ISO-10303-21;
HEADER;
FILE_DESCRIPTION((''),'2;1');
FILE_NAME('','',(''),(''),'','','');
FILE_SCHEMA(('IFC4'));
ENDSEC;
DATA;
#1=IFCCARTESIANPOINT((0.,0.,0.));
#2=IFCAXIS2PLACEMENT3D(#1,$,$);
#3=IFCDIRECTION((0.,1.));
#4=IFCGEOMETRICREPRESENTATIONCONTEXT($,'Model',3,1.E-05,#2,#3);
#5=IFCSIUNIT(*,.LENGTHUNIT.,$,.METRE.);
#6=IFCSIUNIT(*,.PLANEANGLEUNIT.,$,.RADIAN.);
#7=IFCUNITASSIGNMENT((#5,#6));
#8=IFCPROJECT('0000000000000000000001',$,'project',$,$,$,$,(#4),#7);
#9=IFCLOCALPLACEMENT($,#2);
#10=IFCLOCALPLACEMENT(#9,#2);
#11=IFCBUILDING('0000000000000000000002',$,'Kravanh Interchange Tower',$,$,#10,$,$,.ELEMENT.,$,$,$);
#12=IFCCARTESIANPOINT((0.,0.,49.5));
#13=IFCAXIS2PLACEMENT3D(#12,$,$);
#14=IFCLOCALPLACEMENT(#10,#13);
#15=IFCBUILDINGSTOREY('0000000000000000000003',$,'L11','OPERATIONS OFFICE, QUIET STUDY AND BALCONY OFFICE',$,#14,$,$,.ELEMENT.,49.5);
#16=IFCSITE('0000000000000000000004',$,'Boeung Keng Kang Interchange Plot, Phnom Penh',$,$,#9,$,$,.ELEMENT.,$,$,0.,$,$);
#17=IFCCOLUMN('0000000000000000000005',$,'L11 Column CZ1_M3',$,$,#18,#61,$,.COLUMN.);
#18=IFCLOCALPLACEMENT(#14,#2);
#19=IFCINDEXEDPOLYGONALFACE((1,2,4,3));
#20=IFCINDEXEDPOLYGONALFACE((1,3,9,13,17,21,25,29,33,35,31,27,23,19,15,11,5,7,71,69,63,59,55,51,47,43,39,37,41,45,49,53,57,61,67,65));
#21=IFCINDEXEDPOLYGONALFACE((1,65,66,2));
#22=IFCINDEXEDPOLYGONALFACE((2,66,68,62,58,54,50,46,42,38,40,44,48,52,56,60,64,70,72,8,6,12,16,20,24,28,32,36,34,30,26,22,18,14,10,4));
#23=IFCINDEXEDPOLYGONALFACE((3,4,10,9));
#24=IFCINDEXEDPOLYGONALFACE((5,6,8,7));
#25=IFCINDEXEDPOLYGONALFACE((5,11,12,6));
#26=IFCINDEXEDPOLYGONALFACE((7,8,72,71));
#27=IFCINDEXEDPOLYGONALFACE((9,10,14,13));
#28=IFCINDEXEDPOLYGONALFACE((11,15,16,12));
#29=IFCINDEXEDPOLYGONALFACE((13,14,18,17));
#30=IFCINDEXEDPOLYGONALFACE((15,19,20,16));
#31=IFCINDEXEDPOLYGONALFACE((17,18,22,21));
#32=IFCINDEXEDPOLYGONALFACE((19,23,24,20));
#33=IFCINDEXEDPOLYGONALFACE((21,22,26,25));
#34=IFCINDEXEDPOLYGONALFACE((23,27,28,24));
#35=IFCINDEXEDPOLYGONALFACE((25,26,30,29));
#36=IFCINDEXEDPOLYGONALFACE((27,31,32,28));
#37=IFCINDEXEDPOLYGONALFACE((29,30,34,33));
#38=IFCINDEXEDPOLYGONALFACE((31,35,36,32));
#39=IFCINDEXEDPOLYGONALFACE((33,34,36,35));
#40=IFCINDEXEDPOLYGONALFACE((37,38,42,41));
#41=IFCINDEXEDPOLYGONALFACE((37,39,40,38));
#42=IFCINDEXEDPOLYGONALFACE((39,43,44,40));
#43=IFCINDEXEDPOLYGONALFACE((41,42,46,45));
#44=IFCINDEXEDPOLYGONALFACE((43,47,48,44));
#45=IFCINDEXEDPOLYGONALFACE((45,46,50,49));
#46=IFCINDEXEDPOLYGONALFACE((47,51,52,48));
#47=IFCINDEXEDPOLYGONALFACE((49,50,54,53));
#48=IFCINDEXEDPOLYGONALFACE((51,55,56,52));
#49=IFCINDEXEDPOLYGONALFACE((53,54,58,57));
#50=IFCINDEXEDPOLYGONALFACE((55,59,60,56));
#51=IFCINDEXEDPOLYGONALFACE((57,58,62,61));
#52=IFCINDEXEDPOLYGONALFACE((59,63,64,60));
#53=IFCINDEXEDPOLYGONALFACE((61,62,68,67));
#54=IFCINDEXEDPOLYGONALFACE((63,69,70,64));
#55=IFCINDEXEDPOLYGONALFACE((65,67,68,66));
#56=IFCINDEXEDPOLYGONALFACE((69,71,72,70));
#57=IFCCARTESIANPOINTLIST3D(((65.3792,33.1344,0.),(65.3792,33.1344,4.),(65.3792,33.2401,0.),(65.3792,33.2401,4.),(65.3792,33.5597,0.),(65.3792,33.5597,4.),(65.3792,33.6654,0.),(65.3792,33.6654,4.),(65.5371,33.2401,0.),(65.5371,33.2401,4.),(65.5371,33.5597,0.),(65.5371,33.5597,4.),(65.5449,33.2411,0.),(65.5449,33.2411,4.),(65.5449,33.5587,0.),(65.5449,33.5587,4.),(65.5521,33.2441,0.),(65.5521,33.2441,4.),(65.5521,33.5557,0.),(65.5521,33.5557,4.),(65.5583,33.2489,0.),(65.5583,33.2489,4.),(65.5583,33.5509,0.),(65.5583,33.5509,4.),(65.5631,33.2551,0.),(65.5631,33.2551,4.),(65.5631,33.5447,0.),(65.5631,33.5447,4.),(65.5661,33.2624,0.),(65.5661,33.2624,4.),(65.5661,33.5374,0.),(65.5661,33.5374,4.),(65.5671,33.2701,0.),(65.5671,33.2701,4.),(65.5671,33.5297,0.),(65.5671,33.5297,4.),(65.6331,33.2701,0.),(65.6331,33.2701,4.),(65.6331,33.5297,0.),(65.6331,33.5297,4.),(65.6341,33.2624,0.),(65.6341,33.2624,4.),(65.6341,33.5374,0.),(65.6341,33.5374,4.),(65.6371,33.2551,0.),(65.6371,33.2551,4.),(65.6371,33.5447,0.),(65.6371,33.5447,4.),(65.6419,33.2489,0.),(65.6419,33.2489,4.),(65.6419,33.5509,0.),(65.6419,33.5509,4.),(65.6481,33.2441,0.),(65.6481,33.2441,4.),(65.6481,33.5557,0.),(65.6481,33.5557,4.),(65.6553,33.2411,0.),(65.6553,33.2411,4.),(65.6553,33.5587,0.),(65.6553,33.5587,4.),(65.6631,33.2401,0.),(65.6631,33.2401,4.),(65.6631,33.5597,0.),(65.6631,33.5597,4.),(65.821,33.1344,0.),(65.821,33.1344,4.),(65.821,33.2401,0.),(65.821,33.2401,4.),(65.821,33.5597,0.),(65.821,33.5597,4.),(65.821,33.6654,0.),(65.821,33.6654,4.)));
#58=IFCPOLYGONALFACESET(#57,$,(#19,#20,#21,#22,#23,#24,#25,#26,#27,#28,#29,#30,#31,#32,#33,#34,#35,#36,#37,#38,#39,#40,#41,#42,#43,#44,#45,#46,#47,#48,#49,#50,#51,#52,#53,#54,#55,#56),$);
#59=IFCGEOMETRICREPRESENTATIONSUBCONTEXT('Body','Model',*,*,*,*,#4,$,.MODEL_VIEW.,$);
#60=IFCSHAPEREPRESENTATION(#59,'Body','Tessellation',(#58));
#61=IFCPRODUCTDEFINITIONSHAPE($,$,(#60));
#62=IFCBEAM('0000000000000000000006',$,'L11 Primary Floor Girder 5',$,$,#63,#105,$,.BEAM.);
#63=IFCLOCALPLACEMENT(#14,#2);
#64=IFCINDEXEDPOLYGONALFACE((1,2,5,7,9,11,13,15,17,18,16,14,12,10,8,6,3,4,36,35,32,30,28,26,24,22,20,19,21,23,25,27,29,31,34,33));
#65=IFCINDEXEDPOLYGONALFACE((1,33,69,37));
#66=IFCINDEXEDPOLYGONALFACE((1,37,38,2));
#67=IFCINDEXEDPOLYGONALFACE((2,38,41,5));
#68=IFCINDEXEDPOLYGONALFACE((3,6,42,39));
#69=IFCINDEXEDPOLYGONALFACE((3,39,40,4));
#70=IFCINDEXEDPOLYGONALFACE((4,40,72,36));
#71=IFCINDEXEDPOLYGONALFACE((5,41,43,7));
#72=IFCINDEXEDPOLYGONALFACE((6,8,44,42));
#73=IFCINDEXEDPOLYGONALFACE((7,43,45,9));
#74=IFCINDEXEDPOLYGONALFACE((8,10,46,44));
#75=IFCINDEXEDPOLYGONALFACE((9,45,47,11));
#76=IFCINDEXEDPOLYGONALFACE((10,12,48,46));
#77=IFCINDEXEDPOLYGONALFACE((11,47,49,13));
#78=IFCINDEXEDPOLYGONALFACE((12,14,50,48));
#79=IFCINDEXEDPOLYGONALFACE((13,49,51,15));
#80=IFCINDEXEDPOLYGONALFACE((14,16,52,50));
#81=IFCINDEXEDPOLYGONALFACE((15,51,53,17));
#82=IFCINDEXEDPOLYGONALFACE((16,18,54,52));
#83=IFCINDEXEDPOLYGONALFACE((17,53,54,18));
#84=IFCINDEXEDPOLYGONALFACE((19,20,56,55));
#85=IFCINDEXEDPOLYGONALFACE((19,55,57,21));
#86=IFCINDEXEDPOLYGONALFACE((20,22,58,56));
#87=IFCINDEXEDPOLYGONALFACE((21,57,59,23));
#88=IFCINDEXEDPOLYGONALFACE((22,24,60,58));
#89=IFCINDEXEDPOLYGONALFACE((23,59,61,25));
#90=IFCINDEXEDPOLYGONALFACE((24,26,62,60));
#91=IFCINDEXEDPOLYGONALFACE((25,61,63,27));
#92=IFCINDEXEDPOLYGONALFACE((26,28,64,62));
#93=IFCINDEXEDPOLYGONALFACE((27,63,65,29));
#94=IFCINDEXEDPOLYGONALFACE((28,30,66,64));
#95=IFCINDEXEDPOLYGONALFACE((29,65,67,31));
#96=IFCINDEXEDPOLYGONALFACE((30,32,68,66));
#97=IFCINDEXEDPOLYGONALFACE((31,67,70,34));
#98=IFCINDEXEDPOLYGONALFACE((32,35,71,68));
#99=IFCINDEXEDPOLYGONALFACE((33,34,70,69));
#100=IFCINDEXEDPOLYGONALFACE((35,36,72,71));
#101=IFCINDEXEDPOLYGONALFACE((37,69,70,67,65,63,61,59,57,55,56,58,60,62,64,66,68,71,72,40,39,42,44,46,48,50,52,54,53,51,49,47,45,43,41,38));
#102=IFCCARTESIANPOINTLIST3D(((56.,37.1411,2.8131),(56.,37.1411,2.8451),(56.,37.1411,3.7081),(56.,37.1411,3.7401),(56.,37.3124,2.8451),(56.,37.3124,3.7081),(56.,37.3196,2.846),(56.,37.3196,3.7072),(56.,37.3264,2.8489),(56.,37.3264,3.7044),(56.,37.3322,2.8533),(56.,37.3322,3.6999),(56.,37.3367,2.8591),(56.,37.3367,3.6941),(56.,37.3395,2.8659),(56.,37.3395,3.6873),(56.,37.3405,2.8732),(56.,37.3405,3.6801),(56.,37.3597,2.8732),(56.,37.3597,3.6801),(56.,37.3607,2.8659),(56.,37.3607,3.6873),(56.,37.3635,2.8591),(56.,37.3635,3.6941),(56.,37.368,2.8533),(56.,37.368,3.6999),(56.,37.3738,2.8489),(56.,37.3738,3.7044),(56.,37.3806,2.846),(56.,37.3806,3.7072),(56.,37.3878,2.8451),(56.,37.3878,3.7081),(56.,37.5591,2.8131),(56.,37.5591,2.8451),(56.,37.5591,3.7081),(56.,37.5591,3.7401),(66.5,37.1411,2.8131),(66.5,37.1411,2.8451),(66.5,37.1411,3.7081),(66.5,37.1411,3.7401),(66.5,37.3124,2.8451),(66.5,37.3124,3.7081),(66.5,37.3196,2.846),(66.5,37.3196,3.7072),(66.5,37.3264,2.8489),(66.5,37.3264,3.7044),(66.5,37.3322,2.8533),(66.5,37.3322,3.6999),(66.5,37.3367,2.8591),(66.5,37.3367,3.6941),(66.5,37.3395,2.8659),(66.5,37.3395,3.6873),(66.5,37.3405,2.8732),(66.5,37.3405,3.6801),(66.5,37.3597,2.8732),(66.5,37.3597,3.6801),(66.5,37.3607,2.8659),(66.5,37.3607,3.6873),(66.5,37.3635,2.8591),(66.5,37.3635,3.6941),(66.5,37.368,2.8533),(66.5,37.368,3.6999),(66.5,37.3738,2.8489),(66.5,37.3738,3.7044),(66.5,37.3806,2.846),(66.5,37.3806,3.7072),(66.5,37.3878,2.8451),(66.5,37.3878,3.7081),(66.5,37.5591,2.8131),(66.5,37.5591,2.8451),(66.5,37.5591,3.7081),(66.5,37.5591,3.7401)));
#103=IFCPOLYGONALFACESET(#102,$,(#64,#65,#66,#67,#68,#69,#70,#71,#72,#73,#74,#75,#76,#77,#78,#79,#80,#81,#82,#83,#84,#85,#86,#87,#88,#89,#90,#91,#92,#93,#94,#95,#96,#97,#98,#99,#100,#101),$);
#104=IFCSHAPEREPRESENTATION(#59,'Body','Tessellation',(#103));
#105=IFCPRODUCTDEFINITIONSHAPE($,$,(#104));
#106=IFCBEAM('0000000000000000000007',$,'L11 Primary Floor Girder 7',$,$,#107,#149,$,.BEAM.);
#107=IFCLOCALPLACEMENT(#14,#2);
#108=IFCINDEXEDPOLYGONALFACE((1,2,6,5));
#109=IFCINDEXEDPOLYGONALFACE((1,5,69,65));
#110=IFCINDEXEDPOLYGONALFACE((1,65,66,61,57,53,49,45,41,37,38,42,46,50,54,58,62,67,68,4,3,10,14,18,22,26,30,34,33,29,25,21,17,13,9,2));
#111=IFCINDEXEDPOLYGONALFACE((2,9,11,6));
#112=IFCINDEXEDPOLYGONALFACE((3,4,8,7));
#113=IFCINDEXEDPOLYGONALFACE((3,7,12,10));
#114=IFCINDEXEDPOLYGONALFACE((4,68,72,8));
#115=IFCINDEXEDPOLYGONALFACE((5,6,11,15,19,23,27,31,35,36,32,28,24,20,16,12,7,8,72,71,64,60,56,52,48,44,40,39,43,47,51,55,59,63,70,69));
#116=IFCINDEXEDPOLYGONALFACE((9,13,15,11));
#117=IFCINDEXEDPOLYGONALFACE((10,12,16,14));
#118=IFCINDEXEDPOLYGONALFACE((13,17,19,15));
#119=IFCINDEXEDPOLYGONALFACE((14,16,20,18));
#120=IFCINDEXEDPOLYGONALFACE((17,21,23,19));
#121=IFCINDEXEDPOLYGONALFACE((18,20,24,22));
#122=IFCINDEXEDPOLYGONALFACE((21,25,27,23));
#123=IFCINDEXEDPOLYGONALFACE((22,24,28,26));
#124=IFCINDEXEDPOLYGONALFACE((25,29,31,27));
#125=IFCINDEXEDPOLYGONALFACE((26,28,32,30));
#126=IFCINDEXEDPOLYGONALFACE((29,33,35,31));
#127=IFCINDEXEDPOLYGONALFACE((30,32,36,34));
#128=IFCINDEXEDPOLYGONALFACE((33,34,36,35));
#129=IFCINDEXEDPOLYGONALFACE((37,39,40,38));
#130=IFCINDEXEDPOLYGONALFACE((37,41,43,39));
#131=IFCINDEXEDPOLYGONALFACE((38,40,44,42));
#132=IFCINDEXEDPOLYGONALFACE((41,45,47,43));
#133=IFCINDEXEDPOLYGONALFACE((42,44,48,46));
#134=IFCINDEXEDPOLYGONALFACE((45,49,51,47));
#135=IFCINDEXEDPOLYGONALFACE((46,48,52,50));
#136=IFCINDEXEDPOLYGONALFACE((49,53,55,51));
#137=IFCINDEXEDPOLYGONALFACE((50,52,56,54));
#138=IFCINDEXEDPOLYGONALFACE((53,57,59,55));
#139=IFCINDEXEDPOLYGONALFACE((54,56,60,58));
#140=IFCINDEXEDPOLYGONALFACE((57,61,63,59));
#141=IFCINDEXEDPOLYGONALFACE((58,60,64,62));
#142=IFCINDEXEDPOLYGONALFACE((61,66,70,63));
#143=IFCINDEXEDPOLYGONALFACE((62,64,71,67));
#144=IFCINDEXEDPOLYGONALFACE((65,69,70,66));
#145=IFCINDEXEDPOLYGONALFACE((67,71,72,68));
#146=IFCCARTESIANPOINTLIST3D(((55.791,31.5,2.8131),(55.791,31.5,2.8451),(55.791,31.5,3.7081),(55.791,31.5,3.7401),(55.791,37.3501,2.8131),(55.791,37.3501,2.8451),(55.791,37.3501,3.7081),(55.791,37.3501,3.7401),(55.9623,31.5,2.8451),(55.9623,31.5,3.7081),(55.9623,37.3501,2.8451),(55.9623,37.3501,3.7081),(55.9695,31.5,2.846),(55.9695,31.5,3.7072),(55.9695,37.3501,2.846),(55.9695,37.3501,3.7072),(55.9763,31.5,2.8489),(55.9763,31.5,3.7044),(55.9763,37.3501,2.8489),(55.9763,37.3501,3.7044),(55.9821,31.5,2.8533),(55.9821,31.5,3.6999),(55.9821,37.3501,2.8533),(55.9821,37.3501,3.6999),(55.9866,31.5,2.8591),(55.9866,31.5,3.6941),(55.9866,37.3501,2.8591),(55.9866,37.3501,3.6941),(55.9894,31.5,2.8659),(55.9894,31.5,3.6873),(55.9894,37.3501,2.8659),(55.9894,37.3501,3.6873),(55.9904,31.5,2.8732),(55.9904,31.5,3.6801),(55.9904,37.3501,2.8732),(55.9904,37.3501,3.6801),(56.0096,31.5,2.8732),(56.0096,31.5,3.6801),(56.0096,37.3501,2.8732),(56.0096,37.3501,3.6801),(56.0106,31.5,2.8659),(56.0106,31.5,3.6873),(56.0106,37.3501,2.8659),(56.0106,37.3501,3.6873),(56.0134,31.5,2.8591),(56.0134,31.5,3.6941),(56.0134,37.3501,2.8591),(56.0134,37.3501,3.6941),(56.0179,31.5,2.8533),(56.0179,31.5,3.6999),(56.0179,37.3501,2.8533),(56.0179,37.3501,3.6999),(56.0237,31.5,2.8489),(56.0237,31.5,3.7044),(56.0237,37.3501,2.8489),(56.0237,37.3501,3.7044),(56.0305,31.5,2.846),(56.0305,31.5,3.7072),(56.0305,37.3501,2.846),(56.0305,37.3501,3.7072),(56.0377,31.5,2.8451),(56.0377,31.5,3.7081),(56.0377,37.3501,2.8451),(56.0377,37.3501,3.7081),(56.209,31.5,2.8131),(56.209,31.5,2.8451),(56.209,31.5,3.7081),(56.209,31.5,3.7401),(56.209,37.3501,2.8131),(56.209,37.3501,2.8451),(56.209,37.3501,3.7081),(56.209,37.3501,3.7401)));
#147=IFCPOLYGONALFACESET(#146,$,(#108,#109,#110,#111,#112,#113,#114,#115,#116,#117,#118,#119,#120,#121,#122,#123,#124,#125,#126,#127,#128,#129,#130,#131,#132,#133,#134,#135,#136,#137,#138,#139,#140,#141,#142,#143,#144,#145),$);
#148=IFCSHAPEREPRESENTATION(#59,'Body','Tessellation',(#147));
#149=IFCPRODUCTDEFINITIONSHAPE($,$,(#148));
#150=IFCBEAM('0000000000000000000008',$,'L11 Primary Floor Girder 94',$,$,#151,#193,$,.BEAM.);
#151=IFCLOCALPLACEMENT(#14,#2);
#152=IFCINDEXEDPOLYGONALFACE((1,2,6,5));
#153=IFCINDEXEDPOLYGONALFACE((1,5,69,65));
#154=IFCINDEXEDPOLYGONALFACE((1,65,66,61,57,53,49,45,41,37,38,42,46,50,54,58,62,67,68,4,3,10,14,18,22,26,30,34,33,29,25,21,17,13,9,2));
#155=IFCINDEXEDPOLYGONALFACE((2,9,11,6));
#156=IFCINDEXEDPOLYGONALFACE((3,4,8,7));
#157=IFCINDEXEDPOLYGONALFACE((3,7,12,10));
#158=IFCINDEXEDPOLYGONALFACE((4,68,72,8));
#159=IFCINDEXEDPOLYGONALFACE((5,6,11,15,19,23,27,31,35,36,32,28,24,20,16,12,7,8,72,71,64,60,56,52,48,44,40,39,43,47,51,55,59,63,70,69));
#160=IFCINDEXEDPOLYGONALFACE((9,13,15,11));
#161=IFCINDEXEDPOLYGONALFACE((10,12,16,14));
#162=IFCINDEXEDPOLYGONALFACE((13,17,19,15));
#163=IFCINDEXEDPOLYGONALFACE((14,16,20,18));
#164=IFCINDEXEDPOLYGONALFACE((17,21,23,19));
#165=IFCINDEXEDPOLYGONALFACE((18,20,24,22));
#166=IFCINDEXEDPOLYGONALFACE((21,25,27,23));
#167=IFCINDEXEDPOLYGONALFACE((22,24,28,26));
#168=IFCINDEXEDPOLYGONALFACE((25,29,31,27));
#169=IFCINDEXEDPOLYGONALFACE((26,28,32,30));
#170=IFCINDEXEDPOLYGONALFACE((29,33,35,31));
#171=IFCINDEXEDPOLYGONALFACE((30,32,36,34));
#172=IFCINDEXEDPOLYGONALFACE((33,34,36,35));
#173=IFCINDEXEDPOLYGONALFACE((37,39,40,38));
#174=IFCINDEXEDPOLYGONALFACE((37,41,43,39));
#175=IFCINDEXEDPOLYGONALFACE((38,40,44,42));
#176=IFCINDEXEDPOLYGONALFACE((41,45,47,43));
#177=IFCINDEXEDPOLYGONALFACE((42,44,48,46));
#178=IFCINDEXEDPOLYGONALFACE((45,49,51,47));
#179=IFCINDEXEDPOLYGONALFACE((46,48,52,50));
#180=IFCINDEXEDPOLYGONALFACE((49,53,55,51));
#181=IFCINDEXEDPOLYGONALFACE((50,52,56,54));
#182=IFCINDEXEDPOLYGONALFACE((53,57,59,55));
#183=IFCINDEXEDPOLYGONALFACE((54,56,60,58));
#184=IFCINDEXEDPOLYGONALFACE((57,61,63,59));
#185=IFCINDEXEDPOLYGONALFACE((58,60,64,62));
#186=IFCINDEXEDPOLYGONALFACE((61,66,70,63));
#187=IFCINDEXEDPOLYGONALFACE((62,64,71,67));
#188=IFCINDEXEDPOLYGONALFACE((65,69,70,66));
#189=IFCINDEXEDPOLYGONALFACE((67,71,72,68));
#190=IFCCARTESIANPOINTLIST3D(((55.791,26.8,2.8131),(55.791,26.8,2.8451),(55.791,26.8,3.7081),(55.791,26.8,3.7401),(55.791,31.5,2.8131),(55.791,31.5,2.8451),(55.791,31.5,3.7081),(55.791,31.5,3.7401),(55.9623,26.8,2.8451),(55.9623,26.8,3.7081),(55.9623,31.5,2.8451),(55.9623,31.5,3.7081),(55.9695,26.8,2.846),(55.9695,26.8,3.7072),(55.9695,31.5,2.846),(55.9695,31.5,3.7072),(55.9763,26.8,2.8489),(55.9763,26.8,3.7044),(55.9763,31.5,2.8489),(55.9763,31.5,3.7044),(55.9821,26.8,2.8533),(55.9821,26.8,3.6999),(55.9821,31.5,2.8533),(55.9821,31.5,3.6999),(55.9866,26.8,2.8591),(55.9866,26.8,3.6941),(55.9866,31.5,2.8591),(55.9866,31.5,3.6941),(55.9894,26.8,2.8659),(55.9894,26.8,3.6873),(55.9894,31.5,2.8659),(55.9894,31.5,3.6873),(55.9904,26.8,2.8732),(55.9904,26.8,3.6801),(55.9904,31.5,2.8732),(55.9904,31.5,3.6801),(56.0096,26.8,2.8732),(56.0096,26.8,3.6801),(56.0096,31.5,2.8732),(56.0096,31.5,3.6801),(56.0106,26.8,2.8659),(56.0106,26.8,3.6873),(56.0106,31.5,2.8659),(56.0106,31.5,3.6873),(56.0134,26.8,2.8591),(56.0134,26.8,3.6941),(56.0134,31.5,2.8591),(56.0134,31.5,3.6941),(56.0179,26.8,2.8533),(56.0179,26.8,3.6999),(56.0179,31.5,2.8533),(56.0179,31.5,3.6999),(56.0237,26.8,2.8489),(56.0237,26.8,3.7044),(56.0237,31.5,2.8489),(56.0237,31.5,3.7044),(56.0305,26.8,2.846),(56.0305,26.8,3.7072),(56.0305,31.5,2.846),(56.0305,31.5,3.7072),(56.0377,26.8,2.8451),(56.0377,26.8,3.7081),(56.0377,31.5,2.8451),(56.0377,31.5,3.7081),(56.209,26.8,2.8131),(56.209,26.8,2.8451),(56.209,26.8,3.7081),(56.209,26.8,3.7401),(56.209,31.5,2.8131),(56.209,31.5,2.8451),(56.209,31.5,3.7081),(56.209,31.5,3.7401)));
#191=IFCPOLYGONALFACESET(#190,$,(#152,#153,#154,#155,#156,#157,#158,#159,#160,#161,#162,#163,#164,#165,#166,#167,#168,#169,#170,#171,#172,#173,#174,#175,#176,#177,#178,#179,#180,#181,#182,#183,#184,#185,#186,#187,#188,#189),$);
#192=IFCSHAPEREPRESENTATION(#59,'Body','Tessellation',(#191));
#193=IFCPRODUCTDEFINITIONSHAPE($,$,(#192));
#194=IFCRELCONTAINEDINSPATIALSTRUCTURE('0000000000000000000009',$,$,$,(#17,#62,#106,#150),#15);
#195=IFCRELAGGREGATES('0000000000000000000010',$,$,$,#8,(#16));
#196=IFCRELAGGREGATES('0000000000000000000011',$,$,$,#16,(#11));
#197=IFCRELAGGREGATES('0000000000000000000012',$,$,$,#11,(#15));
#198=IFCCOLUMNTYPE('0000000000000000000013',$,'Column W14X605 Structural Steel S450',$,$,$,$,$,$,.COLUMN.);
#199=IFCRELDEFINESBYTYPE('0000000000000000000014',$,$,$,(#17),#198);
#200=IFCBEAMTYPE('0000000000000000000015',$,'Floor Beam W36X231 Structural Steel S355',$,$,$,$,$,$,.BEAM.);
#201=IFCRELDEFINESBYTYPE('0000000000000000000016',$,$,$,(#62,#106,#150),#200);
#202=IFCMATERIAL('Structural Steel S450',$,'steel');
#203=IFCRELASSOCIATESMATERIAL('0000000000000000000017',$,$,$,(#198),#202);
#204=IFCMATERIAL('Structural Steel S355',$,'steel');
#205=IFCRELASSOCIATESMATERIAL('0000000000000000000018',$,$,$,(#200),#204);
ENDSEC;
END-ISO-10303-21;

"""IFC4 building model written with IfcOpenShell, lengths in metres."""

from ifc_helpers import new_model, si_unit, direction, frame, origin, origin_2d, place, context, subcontext, project, spatial, i_section, extrude, material, material_profile, profile_set, type_object, element, save


model = new_model("IFC4")

# Units and contexts
model_context = context("Model", 3, precision=1e-05, world=origin(), true_north=direction((0.0, 1.0)))
body_context = subcontext(model_context, "Body", "Model", "MODEL_VIEW")
ifc_project = project(units=[si_unit("LENGTHUNIT", "METRE"), si_unit("PLANEANGLEUNIT", "RADIAN")], contexts=[model_context])

# Site, building, storey
site_placement = place(None, origin())
site = spatial("IfcSite", under=ifc_project, at=site_placement, Name="Boeung Keng Kang Interchange Plot, Phnom Penh", CompositionType="ELEMENT", RefElevation=0.0)
building_placement = place(site_placement, origin())
building = spatial("IfcBuilding", under=site, at=building_placement, Name="Kravanh Interchange Tower", CompositionType="ELEMENT")
storey_placement = place(building_placement, frame((0.0, 0.0, 49.5)))
storey = spatial("IfcBuildingStorey", under=building, at=storey_placement, Name="L11", Description="OPERATIONS OFFICE, QUIET STUDY AND BALCONY OFFICE", CompositionType="ELEMENT", Elevation=49.5)

# Column
ifc_material_1 = material(Name="Structural Steel S450", Category="steel")
ifc_material_profile_1 = material_profile(ifc_material_1, i_section(OverallWidth=0.4419, OverallDepth=0.531, WebThickness=0.0659, FlangeThickness=0.1057, FilletRadius=0.03, at=origin_2d()), Name="W14X605")
ifc_profile_set_1 = profile_set([ifc_material_profile_1], Name="Structural Steel S450")
column_type_1 = type_object("IfcColumnType", Name="Column W14X605 Structural Steel S450", PredefinedType="COLUMN", material=ifc_profile_set_1)
for number, where, z_axis, x_axis, name in (
    (1, (65.6001, 33.3999, 0.0), (0.0, 0.0, 1.0), (1.0, 0.0, 0.0), "L11 Column CZ1_M3"),
):
    element("IfcColumn", number, at=place(storey_placement, frame(where, z_axis=z_axis, x_axis=x_axis)), inside=storey, type_object=column_type_1, Name=name, PredefinedType="COLUMN", context=body_context, shape_type="SweptSolid", body=[
        extrude(i_section(OverallWidth=0.4419, OverallDepth=0.531, WebThickness=0.0659, FlangeThickness=0.1057, FilletRadius=0.03, at=origin_2d()), origin(), (0.0, 0.0, 1.0), 4.0),
    ])

# Beams
ifc_material_2 = material(Name="Structural Steel S355", Category="steel")
ifc_material_profile_2 = material_profile(ifc_material_2, i_section(OverallWidth=0.418, OverallDepth=0.927, WebThickness=0.0193, FlangeThickness=0.032, FilletRadius=0.0281, at=origin_2d()), Name="W36X231")
ifc_profile_set_2 = profile_set([ifc_material_profile_2], Name="Structural Steel S355")
beam_type_1 = type_object("IfcBeamType", Name="Floor Beam W36X231 Structural Steel S355", PredefinedType="BEAM", material=ifc_profile_set_2)
beam_1_placement = place(storey_placement, frame((66.5, 37.3501, 3.2766), z_axis=(-1.0, 0.0, 0.0), x_axis=(0.0, -1.0, 0.0)))
element("IfcBeam", 2, at=beam_1_placement, inside=storey, type_object=beam_type_1, Name="L11 Primary Floor Girder 5", PredefinedType="BEAM", context=body_context, shape_type="SweptSolid", body=[
    extrude(i_section(OverallWidth=0.418, OverallDepth=0.927, WebThickness=0.0193, FlangeThickness=0.032, FilletRadius=0.0281, at=origin_2d()), origin(), (0.0, 0.0, 1.0), 10.5),
])
beam_2_placement = place(storey_placement, frame((56.0, 37.3501, 3.2766), z_axis=(0.0, -1.0, 0.0), x_axis=(1.0, 0.0, 0.0)))
element("IfcBeam", 3, at=beam_2_placement, inside=storey, type_object=beam_type_1, Name="L11 Primary Floor Girder 7", PredefinedType="BEAM", context=body_context, shape_type="SweptSolid", body=[
    extrude(i_section(OverallWidth=0.418, OverallDepth=0.927, WebThickness=0.0193, FlangeThickness=0.032, FilletRadius=0.0281, at=origin_2d()), origin(), (0.0, 0.0, 1.0), 5.8501),
])
beam_3_placement = place(storey_placement, frame((56.0, 26.8, 3.2766), z_axis=(0.0, 1.0, 0.0), x_axis=(-1.0, 0.0, 0.0)))
element("IfcBeam", 4, at=beam_3_placement, inside=storey, type_object=beam_type_1, Name="L11 Primary Floor Girder 94", PredefinedType="BEAM", context=body_context, shape_type="SweptSolid", body=[
    extrude(i_section(OverallWidth=0.418, OverallDepth=0.927, WebThickness=0.0193, FlangeThickness=0.032, FilletRadius=0.0281, at=origin_2d()), origin(), (0.0, 0.0, 1.0), 4.7),
])

save(model, "model.ifc")
